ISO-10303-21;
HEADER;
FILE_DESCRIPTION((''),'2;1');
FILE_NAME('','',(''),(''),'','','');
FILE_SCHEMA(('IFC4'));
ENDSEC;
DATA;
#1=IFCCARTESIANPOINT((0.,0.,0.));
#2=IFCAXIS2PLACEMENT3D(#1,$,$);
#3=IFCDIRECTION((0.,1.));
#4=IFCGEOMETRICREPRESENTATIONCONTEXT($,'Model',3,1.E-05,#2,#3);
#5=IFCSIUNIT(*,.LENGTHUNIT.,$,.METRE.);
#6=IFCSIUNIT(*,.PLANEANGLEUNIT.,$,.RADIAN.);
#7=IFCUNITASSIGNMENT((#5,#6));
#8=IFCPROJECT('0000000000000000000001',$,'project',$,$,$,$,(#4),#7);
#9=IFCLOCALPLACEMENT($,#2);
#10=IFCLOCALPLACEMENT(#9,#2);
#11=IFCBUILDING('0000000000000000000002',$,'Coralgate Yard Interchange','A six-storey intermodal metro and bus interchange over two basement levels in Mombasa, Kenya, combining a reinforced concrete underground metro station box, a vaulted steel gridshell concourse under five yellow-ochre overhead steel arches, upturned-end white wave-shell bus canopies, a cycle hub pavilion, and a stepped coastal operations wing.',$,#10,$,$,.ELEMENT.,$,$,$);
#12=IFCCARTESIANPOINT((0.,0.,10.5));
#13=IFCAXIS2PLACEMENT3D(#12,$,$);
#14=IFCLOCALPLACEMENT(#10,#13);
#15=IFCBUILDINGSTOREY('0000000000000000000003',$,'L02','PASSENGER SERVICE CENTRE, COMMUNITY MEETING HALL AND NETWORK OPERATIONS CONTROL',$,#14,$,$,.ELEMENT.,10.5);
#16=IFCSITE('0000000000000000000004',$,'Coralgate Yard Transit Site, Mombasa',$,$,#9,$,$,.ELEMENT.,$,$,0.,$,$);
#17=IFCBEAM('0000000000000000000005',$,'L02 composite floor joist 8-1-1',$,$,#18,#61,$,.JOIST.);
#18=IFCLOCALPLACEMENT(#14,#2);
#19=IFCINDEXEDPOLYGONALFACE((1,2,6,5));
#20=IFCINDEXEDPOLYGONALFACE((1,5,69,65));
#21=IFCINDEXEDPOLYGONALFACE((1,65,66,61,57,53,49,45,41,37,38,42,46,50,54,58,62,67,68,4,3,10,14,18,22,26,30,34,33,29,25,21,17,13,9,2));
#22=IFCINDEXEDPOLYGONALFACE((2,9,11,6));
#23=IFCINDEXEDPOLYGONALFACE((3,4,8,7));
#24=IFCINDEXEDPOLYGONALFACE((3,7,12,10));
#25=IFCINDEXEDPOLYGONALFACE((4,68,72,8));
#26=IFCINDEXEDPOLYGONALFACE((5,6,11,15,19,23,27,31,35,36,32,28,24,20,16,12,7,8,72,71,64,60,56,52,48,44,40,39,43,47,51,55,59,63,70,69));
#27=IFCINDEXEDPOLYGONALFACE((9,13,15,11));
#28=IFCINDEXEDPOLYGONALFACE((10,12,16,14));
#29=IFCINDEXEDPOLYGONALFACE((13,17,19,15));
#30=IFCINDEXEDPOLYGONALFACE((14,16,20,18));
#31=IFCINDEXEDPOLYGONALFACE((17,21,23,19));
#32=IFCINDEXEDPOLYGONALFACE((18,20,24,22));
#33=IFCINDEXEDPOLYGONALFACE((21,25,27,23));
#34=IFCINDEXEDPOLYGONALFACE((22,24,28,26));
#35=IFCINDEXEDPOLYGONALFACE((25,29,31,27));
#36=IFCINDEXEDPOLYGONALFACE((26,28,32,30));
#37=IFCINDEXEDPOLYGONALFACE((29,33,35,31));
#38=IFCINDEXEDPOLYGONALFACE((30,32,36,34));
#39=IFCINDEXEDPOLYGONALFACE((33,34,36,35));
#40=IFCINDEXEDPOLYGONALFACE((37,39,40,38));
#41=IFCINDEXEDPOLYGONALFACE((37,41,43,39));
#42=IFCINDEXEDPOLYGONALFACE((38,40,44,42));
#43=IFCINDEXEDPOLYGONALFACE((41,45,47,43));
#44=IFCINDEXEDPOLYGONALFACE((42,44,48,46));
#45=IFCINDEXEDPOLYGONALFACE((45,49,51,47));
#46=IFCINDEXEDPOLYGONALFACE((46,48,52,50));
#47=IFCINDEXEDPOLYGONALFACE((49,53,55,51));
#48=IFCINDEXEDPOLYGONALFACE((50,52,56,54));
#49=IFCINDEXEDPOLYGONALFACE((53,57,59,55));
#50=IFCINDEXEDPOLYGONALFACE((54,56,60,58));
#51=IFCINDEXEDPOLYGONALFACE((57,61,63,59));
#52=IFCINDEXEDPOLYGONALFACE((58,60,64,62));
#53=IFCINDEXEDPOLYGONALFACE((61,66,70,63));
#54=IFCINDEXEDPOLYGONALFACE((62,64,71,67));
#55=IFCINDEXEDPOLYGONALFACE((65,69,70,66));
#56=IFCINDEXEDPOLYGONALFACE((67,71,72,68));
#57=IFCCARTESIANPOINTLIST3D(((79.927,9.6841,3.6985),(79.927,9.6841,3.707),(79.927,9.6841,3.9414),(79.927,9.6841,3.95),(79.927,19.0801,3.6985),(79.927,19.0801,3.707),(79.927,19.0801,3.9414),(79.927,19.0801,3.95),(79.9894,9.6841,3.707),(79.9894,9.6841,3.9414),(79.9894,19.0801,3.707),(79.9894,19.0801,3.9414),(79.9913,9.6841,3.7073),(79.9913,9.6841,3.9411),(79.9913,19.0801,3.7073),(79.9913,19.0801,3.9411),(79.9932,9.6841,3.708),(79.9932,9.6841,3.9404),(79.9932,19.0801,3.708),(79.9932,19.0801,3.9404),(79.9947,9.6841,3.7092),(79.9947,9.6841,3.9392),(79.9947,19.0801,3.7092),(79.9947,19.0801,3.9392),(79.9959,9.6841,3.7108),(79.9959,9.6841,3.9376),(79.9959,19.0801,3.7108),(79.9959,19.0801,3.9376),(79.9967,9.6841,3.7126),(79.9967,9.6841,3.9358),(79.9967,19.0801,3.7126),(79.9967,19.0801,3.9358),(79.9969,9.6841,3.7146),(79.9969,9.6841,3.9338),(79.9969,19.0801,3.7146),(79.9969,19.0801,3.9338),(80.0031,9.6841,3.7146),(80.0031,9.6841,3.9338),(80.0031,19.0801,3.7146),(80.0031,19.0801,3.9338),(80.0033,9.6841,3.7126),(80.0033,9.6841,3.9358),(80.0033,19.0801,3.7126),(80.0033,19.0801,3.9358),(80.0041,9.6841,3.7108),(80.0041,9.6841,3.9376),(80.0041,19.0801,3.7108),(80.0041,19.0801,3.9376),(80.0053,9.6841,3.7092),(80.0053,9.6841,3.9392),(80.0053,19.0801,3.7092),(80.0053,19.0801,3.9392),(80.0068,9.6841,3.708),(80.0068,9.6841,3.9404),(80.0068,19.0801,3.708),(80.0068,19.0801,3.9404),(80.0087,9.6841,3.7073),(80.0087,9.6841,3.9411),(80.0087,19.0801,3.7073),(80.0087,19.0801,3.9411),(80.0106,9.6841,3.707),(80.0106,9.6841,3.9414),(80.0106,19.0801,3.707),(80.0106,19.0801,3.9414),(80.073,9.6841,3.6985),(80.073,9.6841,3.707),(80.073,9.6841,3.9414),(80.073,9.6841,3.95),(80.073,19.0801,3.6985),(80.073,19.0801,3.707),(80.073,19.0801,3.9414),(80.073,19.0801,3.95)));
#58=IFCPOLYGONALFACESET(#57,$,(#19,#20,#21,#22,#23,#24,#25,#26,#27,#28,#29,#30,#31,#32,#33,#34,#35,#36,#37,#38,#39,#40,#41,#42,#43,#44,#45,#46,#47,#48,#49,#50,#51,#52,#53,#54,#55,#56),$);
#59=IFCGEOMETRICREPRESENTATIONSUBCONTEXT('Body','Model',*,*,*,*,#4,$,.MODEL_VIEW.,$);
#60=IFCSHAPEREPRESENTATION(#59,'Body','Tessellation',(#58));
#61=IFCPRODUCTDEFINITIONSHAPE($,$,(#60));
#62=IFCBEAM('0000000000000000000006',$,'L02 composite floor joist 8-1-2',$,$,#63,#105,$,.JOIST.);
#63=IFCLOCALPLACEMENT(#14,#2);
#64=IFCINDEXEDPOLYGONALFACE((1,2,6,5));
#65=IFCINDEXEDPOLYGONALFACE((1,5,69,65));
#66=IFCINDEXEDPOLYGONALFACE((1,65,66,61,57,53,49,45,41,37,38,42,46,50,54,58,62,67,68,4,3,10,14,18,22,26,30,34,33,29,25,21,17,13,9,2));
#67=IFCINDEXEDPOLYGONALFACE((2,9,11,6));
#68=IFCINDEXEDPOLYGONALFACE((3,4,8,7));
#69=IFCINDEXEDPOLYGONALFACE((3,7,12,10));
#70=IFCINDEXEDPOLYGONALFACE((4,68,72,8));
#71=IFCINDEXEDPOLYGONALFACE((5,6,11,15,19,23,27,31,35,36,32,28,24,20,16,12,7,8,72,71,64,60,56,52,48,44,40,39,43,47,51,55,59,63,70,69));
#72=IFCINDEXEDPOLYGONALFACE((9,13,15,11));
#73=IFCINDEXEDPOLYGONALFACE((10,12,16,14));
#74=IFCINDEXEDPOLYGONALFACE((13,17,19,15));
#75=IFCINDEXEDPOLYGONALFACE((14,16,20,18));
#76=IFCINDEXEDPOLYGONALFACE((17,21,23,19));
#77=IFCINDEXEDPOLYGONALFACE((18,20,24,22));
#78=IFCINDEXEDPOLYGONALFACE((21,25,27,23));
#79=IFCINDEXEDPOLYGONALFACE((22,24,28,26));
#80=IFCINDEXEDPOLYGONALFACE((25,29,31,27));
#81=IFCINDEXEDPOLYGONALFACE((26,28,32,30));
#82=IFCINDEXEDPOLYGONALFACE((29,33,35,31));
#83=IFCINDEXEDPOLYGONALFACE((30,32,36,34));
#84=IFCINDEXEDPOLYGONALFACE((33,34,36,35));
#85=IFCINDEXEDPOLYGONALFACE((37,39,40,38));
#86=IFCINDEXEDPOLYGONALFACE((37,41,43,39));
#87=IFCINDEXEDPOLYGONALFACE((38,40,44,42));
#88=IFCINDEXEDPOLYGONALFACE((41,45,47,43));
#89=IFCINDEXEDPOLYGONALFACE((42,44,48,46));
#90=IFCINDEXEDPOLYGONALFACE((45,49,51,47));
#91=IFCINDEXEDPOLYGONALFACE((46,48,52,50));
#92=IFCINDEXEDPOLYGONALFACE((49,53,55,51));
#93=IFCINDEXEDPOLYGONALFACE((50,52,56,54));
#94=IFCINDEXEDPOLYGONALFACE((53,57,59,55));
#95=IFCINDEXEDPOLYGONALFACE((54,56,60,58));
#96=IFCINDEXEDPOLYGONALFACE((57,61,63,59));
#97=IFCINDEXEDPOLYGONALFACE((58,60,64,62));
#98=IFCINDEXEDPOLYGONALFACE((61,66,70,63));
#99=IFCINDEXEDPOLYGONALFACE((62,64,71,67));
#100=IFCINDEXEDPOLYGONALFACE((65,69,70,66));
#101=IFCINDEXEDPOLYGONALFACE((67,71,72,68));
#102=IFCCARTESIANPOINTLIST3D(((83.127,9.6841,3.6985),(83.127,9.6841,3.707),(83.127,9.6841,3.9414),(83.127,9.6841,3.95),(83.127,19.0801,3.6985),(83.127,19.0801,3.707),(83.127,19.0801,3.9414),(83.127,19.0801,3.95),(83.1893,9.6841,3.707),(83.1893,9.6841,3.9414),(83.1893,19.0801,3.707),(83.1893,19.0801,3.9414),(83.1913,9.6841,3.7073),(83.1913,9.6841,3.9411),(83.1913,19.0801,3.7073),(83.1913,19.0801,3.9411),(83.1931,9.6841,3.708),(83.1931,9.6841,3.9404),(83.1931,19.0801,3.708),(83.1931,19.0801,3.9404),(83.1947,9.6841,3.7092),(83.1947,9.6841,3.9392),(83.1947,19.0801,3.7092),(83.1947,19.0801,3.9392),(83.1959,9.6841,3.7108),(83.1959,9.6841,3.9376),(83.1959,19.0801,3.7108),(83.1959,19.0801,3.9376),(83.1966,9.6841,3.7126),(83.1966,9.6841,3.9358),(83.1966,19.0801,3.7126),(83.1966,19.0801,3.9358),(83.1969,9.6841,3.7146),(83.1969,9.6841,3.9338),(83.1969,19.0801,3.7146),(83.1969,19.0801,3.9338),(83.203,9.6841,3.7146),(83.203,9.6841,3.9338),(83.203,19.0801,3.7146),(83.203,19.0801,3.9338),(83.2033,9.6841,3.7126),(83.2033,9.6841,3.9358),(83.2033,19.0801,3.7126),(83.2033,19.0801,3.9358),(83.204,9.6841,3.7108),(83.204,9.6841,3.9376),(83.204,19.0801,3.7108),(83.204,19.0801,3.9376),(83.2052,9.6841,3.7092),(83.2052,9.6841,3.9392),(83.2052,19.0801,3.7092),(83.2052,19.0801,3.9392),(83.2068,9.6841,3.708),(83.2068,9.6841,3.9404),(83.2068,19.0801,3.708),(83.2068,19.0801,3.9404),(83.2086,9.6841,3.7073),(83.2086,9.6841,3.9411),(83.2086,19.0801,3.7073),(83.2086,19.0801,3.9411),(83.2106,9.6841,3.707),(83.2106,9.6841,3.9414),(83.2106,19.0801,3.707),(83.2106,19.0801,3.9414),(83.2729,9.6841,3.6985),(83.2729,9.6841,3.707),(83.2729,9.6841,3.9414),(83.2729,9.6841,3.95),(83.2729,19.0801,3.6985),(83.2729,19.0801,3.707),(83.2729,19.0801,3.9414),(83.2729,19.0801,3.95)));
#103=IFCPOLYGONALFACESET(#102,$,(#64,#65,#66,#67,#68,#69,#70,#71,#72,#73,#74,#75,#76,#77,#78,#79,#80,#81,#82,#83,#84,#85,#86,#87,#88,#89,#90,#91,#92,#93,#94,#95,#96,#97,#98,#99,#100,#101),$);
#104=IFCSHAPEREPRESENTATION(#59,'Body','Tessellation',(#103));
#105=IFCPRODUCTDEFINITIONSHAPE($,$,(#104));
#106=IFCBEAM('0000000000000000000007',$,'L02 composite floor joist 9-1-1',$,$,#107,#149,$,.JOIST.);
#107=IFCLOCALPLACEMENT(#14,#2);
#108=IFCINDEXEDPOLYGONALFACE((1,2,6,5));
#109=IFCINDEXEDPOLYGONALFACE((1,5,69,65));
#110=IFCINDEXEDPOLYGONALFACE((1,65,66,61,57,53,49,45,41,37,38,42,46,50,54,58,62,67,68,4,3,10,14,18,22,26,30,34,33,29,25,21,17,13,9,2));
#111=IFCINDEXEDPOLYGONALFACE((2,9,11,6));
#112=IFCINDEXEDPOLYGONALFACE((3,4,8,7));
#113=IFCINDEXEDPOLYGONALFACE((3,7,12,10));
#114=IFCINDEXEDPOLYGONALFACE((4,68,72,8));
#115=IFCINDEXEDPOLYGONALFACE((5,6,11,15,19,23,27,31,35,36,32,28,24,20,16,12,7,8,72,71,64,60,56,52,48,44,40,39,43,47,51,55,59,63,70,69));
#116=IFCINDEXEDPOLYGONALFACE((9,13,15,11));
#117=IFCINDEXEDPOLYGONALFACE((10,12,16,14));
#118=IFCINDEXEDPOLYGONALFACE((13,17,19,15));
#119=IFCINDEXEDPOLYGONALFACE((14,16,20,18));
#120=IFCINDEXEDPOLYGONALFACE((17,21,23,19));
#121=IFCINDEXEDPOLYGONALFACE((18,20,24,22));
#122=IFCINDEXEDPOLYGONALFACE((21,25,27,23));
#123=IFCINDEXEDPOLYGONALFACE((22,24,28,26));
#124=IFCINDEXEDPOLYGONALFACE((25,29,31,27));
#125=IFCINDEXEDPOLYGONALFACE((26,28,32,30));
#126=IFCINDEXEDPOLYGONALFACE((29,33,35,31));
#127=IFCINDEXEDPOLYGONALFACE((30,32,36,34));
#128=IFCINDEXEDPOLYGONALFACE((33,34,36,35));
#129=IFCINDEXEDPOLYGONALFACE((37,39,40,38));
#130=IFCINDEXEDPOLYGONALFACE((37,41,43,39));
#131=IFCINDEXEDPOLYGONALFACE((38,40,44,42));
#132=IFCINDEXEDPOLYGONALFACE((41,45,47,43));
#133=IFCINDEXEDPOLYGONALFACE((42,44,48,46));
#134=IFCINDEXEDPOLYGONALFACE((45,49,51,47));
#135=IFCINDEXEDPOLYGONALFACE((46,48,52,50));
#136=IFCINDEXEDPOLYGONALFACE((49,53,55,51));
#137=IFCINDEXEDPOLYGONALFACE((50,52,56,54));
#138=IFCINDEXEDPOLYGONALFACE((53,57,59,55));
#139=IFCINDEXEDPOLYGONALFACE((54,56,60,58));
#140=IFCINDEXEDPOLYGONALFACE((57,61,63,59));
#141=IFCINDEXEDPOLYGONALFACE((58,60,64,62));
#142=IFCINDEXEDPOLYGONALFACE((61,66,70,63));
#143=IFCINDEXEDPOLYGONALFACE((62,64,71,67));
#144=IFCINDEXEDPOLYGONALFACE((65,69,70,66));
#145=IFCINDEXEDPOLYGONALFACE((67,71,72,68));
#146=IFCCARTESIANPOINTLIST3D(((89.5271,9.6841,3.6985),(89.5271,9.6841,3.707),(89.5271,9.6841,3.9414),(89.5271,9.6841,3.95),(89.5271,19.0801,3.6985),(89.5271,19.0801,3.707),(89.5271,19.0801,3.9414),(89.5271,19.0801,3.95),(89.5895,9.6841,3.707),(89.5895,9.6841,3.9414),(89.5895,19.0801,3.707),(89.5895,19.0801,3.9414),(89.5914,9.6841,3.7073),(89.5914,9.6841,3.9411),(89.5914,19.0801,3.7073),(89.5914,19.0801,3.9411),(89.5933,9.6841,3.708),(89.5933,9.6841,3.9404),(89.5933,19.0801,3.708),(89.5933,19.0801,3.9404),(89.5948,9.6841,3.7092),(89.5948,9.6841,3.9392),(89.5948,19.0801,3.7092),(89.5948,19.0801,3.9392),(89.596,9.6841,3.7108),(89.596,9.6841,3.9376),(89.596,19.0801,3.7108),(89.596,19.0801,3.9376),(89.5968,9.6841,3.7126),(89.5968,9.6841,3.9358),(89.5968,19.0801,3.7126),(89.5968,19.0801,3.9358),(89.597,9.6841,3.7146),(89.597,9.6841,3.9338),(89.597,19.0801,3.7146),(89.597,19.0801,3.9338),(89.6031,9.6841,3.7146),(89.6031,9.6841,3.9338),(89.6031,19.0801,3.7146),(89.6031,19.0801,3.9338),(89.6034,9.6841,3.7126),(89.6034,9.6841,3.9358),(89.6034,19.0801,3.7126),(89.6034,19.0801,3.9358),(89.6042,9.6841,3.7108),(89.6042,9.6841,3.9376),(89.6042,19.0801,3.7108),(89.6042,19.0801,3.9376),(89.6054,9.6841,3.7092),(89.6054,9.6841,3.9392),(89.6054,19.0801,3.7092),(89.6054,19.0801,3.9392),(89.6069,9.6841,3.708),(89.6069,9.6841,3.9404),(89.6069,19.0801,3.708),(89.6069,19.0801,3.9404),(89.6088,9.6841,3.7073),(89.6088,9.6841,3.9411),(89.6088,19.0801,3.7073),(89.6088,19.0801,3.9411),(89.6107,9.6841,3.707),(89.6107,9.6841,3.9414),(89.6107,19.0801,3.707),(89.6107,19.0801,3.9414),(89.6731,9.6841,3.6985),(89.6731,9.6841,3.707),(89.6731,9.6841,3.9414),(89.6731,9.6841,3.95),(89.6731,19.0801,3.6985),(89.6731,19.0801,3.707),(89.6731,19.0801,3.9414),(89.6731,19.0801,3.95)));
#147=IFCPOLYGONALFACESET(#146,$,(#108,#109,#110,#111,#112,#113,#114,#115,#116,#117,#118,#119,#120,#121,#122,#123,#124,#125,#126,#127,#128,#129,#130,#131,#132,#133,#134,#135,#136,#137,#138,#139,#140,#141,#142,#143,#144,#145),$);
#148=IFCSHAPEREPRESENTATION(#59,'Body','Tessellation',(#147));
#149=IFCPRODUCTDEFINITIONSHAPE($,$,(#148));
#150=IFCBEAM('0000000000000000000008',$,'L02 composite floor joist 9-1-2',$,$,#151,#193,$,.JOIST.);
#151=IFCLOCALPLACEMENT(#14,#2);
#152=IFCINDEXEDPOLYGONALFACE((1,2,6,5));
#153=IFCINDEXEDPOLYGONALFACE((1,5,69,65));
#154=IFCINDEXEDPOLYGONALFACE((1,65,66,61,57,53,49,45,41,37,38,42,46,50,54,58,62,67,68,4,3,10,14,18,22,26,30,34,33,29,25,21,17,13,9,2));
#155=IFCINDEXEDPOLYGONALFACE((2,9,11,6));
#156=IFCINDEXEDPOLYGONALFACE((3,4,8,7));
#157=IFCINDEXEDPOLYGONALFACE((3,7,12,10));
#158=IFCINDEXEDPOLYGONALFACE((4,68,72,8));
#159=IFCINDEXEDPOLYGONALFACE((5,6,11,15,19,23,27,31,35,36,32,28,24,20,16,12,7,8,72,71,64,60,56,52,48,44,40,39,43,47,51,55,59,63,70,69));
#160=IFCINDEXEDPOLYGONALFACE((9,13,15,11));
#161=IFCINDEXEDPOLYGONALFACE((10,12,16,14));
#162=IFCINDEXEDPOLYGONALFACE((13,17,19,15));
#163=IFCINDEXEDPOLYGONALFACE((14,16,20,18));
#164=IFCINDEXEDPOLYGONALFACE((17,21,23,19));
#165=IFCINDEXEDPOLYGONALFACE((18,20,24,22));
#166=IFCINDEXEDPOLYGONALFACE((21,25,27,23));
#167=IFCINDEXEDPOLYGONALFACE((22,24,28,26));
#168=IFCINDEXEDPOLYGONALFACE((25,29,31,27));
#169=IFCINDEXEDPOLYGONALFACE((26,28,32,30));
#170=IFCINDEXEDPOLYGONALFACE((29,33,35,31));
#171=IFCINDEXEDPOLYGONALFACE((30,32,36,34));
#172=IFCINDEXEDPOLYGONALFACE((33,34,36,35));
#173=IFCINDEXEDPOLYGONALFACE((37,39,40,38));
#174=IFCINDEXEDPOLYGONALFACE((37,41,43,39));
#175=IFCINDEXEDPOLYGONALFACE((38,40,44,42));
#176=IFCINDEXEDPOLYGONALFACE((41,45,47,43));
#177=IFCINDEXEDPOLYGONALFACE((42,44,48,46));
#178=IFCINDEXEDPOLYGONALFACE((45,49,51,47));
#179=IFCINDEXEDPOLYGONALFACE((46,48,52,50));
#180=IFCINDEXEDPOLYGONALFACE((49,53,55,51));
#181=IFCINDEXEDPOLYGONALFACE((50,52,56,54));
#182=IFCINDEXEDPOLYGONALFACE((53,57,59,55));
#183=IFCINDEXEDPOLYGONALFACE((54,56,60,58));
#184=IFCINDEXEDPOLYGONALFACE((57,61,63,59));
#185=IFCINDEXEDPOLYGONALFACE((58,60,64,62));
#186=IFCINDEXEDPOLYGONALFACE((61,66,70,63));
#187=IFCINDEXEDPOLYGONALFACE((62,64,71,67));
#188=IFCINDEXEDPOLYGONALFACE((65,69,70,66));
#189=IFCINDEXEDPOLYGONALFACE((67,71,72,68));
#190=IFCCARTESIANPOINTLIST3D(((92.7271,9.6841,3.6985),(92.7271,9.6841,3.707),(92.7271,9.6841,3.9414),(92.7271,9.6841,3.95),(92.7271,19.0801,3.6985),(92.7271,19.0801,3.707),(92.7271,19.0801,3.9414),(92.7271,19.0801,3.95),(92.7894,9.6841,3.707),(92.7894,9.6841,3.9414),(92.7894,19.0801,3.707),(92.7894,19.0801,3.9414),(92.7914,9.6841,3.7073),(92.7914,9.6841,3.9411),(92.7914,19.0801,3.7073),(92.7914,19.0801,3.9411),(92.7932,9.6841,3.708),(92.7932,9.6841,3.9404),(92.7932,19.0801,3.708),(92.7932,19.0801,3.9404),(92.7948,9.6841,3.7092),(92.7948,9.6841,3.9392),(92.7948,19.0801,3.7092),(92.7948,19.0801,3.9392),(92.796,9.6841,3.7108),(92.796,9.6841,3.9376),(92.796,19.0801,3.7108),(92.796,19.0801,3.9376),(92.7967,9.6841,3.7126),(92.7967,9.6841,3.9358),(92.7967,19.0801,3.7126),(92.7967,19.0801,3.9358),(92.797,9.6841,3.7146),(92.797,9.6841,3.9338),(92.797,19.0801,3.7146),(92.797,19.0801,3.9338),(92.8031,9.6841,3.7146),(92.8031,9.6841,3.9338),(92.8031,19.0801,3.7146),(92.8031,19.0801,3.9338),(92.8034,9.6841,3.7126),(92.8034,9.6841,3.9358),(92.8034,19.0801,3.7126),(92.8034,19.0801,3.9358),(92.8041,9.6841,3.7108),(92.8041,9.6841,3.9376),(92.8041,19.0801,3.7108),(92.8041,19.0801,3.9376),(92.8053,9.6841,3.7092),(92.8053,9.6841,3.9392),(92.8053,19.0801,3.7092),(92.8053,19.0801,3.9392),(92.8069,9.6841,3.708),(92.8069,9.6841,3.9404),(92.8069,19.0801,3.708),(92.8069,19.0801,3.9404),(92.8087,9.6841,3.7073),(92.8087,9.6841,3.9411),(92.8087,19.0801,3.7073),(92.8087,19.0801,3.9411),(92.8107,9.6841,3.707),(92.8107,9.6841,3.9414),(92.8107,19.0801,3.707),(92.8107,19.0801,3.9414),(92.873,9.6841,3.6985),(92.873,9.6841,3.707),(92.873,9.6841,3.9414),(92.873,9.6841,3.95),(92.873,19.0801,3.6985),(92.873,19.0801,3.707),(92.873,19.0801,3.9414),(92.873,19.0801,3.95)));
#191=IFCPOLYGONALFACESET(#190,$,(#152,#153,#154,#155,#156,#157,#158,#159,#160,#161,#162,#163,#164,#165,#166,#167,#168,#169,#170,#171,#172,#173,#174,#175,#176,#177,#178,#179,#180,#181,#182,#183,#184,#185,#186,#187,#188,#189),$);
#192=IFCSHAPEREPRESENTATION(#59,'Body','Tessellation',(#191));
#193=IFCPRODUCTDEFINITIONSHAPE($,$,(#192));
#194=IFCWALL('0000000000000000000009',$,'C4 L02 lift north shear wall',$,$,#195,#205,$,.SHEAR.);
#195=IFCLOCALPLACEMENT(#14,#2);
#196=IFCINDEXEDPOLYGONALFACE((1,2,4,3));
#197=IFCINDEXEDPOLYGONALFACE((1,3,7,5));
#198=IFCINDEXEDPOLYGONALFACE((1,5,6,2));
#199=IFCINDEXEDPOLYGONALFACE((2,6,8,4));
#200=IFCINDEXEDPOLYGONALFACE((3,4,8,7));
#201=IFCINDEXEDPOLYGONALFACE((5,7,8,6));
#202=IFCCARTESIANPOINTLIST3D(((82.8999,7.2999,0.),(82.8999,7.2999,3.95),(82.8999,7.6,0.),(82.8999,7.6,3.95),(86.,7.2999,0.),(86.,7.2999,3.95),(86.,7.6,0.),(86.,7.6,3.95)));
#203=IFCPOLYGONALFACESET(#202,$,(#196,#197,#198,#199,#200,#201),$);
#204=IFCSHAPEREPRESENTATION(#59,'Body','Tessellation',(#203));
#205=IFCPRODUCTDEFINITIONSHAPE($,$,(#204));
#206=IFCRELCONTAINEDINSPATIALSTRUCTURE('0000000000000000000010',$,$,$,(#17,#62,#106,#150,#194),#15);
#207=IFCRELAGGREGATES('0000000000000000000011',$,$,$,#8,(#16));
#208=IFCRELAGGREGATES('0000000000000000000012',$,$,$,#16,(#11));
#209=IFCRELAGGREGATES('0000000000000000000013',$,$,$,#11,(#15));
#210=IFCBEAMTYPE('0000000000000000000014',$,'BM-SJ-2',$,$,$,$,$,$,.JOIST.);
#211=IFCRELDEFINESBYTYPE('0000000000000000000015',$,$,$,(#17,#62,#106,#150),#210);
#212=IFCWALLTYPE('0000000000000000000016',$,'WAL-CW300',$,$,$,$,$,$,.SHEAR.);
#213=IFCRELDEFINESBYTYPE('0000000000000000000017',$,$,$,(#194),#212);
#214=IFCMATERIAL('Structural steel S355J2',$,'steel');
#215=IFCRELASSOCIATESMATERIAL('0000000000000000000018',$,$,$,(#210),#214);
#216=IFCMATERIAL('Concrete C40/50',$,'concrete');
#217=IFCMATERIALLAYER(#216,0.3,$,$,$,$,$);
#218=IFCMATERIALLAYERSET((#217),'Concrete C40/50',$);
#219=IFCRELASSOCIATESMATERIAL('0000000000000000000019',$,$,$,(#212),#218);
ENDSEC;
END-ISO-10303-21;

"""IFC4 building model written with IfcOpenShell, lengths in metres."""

from ifc_helpers import new_model, si_unit, direction, frame, frame_2d, origin, origin_2d, place, context, subcontext, project, spatial, rectangle, i_section, extrude, material, layer, layer_set, material_profile, profile_set, type_object, element, save


model = new_model("IFC4")

# Units and contexts
model_context = context("Model", 3, precision=1e-05, world=origin(), true_north=direction((0.0, 1.0)))
body_context = subcontext(model_context, "Body", "Model", "MODEL_VIEW")
ifc_project = project(units=[si_unit("LENGTHUNIT", "METRE"), si_unit("PLANEANGLEUNIT", "RADIAN")], contexts=[model_context])

# Site, building, storey
site_placement = place(None, origin())
site = spatial("IfcSite", under=ifc_project, at=site_placement, Name="Coralgate Yard Transit Site, Mombasa", CompositionType="ELEMENT", RefElevation=0.0)
building_placement = place(site_placement, origin())
building = spatial("IfcBuilding", under=site, at=building_placement, Name="Coralgate Yard Interchange", Description="A six-storey intermodal metro and bus interchange over two basement levels in Mombasa, Kenya, combining a reinforced concrete underground metro station box, a vaulted steel gridshell concourse under five yellow-ochre overhead steel arches, upturned-end white wave-shell bus canopies, a cycle hub pavilion, and a stepped coastal operations wing.", CompositionType="ELEMENT")
storey_placement = place(building_placement, frame((0.0, 0.0, 10.5)))
storey = spatial("IfcBuildingStorey", under=building, at=storey_placement, Name="L02", Description="PASSENGER SERVICE CENTRE, COMMUNITY MEETING HALL AND NETWORK OPERATIONS CONTROL", CompositionType="ELEMENT", Elevation=10.5)

# Shared definitions
ifc_material_1 = material(Name="Structural steel S355J2", Category="steel")

# Beams
ifc_material_profile_1 = material_profile(ifc_material_1, i_section(OverallWidth=0.146, OverallDepth=0.2515, WebThickness=0.0061, FlangeThickness=0.0085, FilletRadius=0.0076, at=origin_2d()), Name="UB 254x146x31")
ifc_profile_set_1 = profile_set([ifc_material_profile_1], Name="Structural steel S355J2")
beam_type_1 = type_object("IfcBeamType", Name="BM-SJ-2", PredefinedType="JOIST", material=ifc_profile_set_1)
for number, where, z_axis, x_axis, name in (
    (1, (80.0, 9.6841, 3.8242), (0.0, 1.0, 0.0), (-1.0, 0.0, 0.0), "L02 composite floor joist 8-1-1"),
    (2, (83.2, 9.6841, 3.8242), (0.0, 1.0, 0.0), (-1.0, 0.0, 0.0), "L02 composite floor joist 8-1-2"),
    (3, (89.6001, 9.6841, 3.8242), (0.0, 1.0, 0.0), (-1.0, 0.0, 0.0), "L02 composite floor joist 9-1-1"),
    (4, (92.8, 9.6841, 3.8242), (0.0, 1.0, 0.0), (-1.0, 0.0, 0.0), "L02 composite floor joist 9-1-2"),
):
    element("IfcBeam", number, at=place(storey_placement, frame(where, z_axis=z_axis, x_axis=x_axis)), inside=storey, type_object=beam_type_1, Name=name, PredefinedType="JOIST", context=body_context, shape_type="SweptSolid", body=[
        extrude(i_section(OverallWidth=0.146, OverallDepth=0.2515, WebThickness=0.0061, FlangeThickness=0.0085, FilletRadius=0.0076, at=origin_2d()), origin(), (0.0, 0.0, 1.0), 9.396),
    ])

# Wall
ifc_material_2 = material(Name="Concrete C40/50", Category="concrete")
ifc_layer_1 = layer(ifc_material_2, 0.3)
ifc_layer_set_1 = layer_set([ifc_layer_1], Name="Concrete C40/50")
wall_type_1 = type_object("IfcWallType", Name="WAL-CW300", PredefinedType="SHEAR", material=ifc_layer_set_1)
wall_1_placement = place(storey_placement, frame((82.8999, 7.45, 0.0), z_axis=(0.0, 0.0, 1.0), x_axis=(1.0, 0.0, 0.0)))
element("IfcWall", 5, at=wall_1_placement, inside=storey, type_object=wall_type_1, Name="C4 L02 lift north shear wall", PredefinedType="SHEAR", context=body_context, shape_type="SweptSolid", body=[
    extrude(rectangle(XDim=3.1001, YDim=0.3, at=frame_2d((1.55, 0.0))), origin(), (0.0, 0.0, 1.0), 3.95),
])

save(model, "model.ifc")
